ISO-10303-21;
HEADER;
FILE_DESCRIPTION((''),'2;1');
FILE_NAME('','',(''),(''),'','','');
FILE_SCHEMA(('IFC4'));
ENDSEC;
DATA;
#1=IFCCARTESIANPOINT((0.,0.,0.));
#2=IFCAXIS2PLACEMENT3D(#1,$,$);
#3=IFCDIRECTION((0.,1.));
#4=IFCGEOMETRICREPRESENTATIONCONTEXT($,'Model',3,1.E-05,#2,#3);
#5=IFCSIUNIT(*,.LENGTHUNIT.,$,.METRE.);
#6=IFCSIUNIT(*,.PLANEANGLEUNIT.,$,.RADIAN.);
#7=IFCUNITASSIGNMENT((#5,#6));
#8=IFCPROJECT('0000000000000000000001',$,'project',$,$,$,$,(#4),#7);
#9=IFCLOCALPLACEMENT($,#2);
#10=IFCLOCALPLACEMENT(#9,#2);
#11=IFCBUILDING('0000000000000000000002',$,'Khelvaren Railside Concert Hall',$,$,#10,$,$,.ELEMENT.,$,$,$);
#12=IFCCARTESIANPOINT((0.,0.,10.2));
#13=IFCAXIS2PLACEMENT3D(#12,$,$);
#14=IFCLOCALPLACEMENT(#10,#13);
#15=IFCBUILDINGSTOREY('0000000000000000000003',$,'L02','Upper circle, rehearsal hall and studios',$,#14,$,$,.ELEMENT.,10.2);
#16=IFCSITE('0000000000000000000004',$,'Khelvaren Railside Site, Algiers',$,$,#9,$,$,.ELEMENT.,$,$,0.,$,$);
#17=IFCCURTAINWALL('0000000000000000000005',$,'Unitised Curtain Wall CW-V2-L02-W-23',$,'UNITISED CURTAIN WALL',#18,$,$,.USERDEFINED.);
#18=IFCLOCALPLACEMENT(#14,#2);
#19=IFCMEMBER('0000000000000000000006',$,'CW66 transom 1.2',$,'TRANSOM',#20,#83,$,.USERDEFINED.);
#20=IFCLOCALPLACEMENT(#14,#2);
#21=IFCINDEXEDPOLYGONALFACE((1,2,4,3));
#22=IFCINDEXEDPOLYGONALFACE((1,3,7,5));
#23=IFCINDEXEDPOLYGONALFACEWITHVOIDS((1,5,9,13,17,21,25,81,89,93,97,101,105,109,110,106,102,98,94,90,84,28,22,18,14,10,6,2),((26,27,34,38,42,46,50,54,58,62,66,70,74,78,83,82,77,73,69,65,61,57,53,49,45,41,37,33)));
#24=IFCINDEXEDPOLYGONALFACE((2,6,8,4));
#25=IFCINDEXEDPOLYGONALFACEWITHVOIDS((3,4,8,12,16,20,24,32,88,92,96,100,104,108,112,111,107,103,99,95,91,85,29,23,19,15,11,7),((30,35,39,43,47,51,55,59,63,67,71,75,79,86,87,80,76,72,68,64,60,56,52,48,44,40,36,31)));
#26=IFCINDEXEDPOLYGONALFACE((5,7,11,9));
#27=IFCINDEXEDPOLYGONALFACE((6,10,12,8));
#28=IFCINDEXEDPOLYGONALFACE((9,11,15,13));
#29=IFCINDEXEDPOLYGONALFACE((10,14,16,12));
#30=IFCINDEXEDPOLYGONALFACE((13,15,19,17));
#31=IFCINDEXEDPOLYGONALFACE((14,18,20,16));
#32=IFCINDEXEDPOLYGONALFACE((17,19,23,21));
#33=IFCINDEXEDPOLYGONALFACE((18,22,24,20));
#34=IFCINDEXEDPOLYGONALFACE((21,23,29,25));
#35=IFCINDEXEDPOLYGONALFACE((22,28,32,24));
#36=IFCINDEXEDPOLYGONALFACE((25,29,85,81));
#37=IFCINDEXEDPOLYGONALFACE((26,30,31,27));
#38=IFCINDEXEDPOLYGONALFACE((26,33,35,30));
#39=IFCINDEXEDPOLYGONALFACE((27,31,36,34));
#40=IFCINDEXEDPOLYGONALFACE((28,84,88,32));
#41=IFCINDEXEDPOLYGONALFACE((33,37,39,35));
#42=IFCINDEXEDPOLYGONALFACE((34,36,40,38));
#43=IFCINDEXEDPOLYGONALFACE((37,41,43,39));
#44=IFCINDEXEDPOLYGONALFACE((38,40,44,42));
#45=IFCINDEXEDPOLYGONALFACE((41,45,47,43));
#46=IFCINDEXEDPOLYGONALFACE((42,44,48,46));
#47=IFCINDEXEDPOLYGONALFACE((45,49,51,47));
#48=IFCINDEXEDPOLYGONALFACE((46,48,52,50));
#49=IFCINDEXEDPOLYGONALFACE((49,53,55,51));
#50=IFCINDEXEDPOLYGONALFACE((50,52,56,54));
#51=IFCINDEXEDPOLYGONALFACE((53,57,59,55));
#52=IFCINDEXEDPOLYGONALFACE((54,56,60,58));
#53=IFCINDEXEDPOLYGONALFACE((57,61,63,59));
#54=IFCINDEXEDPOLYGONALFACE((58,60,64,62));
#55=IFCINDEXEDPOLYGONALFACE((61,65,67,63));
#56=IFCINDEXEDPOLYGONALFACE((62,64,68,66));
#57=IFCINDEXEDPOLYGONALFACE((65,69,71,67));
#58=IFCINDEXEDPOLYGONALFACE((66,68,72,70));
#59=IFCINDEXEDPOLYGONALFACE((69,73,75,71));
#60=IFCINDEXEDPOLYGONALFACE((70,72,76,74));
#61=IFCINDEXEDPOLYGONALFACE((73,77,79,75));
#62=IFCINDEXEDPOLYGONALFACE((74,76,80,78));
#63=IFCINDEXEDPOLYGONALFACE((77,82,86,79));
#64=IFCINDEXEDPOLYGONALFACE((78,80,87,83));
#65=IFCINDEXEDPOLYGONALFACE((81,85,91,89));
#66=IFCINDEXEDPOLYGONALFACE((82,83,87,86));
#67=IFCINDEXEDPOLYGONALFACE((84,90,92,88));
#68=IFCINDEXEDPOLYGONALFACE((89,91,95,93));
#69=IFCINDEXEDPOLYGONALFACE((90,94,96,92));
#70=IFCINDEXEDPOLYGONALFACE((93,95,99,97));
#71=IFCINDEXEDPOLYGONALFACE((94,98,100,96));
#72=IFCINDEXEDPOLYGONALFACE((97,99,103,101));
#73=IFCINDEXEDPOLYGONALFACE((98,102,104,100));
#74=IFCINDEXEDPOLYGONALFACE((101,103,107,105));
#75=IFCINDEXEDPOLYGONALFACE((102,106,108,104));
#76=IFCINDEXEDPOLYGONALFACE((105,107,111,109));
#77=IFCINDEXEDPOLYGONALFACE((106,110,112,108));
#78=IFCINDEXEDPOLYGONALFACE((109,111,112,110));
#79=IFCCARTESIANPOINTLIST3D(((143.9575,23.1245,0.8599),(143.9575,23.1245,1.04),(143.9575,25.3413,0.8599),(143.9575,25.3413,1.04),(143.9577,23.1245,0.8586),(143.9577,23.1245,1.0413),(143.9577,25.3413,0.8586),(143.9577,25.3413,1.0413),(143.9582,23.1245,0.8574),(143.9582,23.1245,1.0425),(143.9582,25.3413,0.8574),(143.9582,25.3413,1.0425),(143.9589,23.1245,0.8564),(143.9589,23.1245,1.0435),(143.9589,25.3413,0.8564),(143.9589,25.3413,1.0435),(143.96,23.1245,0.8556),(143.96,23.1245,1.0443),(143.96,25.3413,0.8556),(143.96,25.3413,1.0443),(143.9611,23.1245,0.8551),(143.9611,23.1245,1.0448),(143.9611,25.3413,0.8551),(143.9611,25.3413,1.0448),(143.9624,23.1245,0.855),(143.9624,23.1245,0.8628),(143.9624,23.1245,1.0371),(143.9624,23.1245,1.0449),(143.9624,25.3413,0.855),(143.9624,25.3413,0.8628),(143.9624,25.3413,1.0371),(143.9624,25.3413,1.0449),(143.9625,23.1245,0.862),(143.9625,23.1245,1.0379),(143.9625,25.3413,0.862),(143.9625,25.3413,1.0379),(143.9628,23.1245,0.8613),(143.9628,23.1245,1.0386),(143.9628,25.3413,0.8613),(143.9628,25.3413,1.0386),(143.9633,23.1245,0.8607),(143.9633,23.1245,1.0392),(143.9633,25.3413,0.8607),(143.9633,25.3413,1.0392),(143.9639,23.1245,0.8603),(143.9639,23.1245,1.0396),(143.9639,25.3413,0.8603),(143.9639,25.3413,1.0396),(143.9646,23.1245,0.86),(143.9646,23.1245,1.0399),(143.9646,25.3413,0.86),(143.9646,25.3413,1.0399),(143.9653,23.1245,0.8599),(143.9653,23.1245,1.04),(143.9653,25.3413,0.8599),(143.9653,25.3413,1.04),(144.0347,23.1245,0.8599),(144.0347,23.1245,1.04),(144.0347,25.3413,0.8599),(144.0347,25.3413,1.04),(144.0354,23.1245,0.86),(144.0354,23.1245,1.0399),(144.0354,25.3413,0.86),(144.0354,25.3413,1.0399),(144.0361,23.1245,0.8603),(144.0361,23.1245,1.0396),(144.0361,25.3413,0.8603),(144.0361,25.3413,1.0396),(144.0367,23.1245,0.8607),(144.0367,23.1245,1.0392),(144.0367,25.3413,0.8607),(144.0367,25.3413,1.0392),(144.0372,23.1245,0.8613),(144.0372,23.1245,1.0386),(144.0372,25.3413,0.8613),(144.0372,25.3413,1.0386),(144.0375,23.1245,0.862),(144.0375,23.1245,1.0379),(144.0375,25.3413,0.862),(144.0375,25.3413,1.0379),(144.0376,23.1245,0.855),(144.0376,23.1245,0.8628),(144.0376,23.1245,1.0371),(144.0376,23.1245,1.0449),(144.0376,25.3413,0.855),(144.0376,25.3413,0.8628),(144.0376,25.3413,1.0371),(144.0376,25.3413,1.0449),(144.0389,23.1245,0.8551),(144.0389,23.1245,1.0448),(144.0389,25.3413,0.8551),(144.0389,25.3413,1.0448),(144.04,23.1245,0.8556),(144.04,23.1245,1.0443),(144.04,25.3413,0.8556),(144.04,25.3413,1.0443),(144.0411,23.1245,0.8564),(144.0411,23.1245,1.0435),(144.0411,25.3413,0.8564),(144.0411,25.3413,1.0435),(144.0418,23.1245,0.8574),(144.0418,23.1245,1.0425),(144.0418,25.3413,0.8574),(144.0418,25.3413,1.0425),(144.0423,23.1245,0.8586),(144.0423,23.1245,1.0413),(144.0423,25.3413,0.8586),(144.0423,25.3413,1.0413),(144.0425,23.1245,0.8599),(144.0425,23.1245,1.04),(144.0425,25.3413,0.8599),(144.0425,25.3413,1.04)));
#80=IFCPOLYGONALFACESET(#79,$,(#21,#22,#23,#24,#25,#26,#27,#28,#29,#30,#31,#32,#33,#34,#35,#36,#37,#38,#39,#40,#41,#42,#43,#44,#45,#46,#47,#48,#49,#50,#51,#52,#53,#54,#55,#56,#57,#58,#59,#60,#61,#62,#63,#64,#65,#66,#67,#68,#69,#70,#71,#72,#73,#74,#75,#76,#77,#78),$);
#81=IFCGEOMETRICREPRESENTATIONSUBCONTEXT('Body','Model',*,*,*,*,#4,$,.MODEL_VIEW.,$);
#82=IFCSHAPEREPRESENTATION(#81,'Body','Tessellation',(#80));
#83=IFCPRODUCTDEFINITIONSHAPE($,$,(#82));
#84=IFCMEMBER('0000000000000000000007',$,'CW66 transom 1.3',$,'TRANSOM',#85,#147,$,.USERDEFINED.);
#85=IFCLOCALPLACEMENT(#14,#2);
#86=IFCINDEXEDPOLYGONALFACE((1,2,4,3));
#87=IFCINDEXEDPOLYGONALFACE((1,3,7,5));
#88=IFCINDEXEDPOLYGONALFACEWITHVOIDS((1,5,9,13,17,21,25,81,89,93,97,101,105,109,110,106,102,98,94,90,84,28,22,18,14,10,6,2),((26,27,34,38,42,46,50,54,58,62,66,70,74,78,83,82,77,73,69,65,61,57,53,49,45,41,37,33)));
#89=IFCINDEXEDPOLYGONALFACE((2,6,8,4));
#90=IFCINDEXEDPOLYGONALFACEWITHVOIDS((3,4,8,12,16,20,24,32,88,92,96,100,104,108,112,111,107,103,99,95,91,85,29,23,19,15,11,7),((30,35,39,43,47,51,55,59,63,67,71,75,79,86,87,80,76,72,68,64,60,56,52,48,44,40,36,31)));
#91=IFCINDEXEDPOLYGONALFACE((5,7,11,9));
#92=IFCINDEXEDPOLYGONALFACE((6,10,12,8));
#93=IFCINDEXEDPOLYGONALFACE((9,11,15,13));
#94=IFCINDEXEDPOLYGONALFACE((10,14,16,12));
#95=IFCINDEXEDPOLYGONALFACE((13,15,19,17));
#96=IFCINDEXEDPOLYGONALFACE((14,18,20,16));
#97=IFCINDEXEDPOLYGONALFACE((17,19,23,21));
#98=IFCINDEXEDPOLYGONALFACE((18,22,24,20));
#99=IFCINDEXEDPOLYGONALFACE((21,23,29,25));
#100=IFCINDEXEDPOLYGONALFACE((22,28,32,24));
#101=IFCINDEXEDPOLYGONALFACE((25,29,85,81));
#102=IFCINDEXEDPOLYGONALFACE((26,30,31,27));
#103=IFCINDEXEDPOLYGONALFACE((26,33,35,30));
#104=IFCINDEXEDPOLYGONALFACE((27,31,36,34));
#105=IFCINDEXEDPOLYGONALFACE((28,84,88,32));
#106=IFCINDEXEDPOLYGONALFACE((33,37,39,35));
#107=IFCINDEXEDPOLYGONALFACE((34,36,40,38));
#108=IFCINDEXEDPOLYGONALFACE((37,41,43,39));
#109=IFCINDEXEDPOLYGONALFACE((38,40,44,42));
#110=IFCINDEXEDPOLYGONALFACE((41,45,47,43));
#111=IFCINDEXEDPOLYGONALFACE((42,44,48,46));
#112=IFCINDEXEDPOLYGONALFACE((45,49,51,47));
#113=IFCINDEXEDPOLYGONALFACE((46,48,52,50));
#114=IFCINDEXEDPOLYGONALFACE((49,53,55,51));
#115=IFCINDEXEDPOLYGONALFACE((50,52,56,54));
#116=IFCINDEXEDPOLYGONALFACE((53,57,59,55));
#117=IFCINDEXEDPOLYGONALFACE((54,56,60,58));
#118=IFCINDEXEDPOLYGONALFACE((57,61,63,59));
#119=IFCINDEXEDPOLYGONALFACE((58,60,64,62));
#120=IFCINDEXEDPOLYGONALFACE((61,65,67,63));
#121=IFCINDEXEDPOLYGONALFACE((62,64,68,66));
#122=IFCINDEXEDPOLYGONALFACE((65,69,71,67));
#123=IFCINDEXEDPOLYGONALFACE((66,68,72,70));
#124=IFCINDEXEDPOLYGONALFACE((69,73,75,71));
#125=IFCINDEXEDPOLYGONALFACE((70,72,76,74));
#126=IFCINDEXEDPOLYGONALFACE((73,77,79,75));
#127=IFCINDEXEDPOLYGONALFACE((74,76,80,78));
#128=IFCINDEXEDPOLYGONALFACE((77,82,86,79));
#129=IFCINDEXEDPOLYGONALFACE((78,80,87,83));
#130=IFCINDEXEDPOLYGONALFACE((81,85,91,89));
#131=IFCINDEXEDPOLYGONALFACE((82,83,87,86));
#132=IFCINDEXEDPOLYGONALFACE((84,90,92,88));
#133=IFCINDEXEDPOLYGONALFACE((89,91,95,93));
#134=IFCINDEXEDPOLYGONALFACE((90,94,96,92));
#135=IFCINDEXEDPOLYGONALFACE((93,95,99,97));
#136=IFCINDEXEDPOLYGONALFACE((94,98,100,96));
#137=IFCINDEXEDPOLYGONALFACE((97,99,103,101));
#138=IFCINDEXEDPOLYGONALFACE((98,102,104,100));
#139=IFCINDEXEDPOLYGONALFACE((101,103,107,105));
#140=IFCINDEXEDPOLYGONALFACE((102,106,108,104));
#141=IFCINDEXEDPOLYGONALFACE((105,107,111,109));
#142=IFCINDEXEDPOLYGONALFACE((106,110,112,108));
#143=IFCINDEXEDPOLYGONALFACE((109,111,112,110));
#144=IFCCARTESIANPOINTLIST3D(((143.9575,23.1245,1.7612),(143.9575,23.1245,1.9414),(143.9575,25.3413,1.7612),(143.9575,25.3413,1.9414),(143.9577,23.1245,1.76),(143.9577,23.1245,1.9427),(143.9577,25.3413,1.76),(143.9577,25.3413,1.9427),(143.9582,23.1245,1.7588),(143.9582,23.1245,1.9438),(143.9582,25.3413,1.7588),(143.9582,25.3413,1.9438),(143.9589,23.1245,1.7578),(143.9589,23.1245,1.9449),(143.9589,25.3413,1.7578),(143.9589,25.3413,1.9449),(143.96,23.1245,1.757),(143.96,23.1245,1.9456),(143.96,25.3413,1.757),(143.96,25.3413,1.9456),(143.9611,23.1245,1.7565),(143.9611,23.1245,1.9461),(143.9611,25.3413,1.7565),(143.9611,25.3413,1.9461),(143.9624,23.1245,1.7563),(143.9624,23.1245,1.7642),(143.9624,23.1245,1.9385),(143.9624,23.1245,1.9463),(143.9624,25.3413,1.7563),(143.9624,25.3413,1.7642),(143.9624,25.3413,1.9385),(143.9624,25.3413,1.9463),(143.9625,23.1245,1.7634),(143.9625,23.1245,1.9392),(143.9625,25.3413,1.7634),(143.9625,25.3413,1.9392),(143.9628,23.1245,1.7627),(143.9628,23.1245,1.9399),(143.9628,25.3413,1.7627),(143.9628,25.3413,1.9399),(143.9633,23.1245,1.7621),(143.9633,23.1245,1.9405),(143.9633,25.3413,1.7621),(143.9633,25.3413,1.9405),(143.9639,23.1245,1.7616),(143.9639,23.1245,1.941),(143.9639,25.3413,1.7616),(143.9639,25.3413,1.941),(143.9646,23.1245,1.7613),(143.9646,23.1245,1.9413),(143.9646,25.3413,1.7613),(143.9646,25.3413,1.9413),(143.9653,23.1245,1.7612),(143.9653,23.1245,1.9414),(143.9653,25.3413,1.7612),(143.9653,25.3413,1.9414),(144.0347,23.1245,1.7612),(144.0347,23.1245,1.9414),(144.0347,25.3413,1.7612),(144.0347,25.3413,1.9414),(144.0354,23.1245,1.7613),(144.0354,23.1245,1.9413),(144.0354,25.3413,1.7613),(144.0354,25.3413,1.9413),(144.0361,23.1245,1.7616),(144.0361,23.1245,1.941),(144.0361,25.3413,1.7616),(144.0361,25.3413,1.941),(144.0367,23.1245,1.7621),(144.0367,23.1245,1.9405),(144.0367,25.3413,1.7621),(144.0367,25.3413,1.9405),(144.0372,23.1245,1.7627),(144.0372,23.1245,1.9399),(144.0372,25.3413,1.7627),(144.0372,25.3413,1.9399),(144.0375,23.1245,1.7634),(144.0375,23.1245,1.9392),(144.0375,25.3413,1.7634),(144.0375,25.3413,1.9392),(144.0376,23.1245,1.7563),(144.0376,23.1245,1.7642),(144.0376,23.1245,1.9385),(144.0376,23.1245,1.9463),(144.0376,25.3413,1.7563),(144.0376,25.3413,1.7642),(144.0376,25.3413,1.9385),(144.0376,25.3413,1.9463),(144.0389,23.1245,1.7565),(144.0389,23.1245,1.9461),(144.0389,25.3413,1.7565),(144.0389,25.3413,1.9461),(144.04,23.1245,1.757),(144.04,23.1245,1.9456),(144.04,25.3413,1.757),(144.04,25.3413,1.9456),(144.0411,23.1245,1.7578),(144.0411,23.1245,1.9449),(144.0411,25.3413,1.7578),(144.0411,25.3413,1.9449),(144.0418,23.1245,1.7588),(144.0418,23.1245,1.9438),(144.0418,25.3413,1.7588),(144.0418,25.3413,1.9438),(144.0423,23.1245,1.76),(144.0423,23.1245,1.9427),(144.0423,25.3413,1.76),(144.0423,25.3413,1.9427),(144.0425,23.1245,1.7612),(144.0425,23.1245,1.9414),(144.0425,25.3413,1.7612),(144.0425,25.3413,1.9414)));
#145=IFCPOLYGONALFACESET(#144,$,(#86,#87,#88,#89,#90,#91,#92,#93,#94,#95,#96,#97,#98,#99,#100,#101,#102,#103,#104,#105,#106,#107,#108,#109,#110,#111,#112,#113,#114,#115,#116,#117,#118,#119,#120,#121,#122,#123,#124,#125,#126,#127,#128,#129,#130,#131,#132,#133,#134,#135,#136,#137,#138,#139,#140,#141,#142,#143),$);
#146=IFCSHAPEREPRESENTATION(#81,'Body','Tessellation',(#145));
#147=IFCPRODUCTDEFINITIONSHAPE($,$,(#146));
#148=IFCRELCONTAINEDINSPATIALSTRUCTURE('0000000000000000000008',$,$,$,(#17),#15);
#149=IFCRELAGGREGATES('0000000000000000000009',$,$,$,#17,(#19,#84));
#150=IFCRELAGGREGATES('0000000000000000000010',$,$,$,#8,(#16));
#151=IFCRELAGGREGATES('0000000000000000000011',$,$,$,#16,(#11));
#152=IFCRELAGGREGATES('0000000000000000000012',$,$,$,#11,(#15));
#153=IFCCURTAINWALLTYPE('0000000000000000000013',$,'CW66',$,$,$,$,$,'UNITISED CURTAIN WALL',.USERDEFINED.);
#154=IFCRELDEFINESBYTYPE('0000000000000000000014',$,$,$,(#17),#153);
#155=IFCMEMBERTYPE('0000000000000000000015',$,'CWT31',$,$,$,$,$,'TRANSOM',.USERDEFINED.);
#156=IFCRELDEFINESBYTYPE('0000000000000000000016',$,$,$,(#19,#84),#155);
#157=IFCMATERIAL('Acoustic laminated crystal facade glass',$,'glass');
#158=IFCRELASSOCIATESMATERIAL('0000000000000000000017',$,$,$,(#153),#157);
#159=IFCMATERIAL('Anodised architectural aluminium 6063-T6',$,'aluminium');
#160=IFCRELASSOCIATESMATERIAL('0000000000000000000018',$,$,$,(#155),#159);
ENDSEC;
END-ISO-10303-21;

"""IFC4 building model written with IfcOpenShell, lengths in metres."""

from ifc_helpers import new_model, si_unit, direction, frame, origin, origin_2d, place, context, subcontext, project, spatial, hollow_rectangle, extrude, material, material_profile, profile_set, type_object, element, aggregate, save


model = new_model("IFC4")

# Units and contexts
model_context = context("Model", 3, precision=1e-05, world=origin(), true_north=direction((0.0, 1.0)))
body_context = subcontext(model_context, "Body", "Model", "MODEL_VIEW")
ifc_project = project(units=[si_unit("LENGTHUNIT", "METRE"), si_unit("PLANEANGLEUNIT", "RADIAN")], contexts=[model_context])

# Site, building, storey
site_placement = place(None, origin())
site = spatial("IfcSite", under=ifc_project, at=site_placement, Name="Khelvaren Railside Site, Algiers", CompositionType="ELEMENT", RefElevation=0.0)
building_placement = place(site_placement, origin())
building = spatial("IfcBuilding", under=site, at=building_placement, Name="Khelvaren Railside Concert Hall", CompositionType="ELEMENT")
storey_placement = place(building_placement, frame((0.0, 0.0, 10.2)))
storey = spatial("IfcBuildingStorey", under=building, at=storey_placement, Name="L02", Description="Upper circle, rehearsal hall and studios", CompositionType="ELEMENT", Elevation=10.2)

# Shared definitions
ifc_material_1 = material(Name="Acoustic laminated crystal facade glass", Category="glass")
ifc_material_2 = material(Name="Anodised architectural aluminium 6063-T6", Category="aluminium")

# Curtain wall
curtain_wall_type_1 = type_object("IfcCurtainWallType", Name="CW66", ElementType="UNITISED CURTAIN WALL", PredefinedType="USERDEFINED", material=ifc_material_1)
curtain_wall_1_placement = place(storey_placement, origin())
curtain_wall_1 = element("IfcCurtainWall", 1, at=curtain_wall_1_placement, inside=storey, type_object=curtain_wall_type_1, Name="Unitised Curtain Wall CW-V2-L02-W-23", ObjectType="UNITISED CURTAIN WALL", PredefinedType="USERDEFINED")

# Members
ifc_material_profile_1 = material_profile(ifc_material_2, hollow_rectangle(XDim=0.085, YDim=0.1899, WallThickness=0.0049, InnerFilletRadius=0.0029, OuterFilletRadius=0.0049, at=origin_2d()), Name="CWT 85x190x5")
ifc_profile_set_1 = profile_set([ifc_material_profile_1], Name="Anodised architectural aluminium 6063-T6")
member_type_1 = type_object("IfcMemberType", Name="CWT31", ElementType="TRANSOM", PredefinedType="USERDEFINED", material=ifc_profile_set_1)
member_1_placement = place(storey_placement, frame((144.0, 23.1245, 0.95), z_axis=(0.0, 1.0, 0.0), x_axis=(-1.0, 0.0, 0.0)))
member_1 = element("IfcMember", 2, at=member_1_placement, type_object=member_type_1, Name="CW66 transom 1.2", ObjectType="TRANSOM", PredefinedType="USERDEFINED", context=body_context, shape_type="SweptSolid", body=[
    extrude(hollow_rectangle(XDim=0.085, YDim=0.1899, WallThickness=0.0049, InnerFilletRadius=0.0029, OuterFilletRadius=0.0049, at=origin_2d()), origin(), (0.0, 0.0, 1.0), 2.2168),
])
member_2_placement = place(storey_placement, frame((144.0, 23.1245, 1.8513), z_axis=(0.0, 1.0, 0.0), x_axis=(-1.0, 0.0, 0.0)))
member_2 = element("IfcMember", 3, at=member_2_placement, type_object=member_type_1, Name="CW66 transom 1.3", ObjectType="TRANSOM", PredefinedType="USERDEFINED", context=body_context, shape_type="SweptSolid", body=[
    extrude(hollow_rectangle(XDim=0.085, YDim=0.1899, WallThickness=0.0049, InnerFilletRadius=0.0029, OuterFilletRadius=0.0049, at=origin_2d()), origin(), (0.0, 0.0, 1.0), 2.2168),
])

aggregate(curtain_wall_1, [member_1, member_2])

save(model, "model.ifc")
